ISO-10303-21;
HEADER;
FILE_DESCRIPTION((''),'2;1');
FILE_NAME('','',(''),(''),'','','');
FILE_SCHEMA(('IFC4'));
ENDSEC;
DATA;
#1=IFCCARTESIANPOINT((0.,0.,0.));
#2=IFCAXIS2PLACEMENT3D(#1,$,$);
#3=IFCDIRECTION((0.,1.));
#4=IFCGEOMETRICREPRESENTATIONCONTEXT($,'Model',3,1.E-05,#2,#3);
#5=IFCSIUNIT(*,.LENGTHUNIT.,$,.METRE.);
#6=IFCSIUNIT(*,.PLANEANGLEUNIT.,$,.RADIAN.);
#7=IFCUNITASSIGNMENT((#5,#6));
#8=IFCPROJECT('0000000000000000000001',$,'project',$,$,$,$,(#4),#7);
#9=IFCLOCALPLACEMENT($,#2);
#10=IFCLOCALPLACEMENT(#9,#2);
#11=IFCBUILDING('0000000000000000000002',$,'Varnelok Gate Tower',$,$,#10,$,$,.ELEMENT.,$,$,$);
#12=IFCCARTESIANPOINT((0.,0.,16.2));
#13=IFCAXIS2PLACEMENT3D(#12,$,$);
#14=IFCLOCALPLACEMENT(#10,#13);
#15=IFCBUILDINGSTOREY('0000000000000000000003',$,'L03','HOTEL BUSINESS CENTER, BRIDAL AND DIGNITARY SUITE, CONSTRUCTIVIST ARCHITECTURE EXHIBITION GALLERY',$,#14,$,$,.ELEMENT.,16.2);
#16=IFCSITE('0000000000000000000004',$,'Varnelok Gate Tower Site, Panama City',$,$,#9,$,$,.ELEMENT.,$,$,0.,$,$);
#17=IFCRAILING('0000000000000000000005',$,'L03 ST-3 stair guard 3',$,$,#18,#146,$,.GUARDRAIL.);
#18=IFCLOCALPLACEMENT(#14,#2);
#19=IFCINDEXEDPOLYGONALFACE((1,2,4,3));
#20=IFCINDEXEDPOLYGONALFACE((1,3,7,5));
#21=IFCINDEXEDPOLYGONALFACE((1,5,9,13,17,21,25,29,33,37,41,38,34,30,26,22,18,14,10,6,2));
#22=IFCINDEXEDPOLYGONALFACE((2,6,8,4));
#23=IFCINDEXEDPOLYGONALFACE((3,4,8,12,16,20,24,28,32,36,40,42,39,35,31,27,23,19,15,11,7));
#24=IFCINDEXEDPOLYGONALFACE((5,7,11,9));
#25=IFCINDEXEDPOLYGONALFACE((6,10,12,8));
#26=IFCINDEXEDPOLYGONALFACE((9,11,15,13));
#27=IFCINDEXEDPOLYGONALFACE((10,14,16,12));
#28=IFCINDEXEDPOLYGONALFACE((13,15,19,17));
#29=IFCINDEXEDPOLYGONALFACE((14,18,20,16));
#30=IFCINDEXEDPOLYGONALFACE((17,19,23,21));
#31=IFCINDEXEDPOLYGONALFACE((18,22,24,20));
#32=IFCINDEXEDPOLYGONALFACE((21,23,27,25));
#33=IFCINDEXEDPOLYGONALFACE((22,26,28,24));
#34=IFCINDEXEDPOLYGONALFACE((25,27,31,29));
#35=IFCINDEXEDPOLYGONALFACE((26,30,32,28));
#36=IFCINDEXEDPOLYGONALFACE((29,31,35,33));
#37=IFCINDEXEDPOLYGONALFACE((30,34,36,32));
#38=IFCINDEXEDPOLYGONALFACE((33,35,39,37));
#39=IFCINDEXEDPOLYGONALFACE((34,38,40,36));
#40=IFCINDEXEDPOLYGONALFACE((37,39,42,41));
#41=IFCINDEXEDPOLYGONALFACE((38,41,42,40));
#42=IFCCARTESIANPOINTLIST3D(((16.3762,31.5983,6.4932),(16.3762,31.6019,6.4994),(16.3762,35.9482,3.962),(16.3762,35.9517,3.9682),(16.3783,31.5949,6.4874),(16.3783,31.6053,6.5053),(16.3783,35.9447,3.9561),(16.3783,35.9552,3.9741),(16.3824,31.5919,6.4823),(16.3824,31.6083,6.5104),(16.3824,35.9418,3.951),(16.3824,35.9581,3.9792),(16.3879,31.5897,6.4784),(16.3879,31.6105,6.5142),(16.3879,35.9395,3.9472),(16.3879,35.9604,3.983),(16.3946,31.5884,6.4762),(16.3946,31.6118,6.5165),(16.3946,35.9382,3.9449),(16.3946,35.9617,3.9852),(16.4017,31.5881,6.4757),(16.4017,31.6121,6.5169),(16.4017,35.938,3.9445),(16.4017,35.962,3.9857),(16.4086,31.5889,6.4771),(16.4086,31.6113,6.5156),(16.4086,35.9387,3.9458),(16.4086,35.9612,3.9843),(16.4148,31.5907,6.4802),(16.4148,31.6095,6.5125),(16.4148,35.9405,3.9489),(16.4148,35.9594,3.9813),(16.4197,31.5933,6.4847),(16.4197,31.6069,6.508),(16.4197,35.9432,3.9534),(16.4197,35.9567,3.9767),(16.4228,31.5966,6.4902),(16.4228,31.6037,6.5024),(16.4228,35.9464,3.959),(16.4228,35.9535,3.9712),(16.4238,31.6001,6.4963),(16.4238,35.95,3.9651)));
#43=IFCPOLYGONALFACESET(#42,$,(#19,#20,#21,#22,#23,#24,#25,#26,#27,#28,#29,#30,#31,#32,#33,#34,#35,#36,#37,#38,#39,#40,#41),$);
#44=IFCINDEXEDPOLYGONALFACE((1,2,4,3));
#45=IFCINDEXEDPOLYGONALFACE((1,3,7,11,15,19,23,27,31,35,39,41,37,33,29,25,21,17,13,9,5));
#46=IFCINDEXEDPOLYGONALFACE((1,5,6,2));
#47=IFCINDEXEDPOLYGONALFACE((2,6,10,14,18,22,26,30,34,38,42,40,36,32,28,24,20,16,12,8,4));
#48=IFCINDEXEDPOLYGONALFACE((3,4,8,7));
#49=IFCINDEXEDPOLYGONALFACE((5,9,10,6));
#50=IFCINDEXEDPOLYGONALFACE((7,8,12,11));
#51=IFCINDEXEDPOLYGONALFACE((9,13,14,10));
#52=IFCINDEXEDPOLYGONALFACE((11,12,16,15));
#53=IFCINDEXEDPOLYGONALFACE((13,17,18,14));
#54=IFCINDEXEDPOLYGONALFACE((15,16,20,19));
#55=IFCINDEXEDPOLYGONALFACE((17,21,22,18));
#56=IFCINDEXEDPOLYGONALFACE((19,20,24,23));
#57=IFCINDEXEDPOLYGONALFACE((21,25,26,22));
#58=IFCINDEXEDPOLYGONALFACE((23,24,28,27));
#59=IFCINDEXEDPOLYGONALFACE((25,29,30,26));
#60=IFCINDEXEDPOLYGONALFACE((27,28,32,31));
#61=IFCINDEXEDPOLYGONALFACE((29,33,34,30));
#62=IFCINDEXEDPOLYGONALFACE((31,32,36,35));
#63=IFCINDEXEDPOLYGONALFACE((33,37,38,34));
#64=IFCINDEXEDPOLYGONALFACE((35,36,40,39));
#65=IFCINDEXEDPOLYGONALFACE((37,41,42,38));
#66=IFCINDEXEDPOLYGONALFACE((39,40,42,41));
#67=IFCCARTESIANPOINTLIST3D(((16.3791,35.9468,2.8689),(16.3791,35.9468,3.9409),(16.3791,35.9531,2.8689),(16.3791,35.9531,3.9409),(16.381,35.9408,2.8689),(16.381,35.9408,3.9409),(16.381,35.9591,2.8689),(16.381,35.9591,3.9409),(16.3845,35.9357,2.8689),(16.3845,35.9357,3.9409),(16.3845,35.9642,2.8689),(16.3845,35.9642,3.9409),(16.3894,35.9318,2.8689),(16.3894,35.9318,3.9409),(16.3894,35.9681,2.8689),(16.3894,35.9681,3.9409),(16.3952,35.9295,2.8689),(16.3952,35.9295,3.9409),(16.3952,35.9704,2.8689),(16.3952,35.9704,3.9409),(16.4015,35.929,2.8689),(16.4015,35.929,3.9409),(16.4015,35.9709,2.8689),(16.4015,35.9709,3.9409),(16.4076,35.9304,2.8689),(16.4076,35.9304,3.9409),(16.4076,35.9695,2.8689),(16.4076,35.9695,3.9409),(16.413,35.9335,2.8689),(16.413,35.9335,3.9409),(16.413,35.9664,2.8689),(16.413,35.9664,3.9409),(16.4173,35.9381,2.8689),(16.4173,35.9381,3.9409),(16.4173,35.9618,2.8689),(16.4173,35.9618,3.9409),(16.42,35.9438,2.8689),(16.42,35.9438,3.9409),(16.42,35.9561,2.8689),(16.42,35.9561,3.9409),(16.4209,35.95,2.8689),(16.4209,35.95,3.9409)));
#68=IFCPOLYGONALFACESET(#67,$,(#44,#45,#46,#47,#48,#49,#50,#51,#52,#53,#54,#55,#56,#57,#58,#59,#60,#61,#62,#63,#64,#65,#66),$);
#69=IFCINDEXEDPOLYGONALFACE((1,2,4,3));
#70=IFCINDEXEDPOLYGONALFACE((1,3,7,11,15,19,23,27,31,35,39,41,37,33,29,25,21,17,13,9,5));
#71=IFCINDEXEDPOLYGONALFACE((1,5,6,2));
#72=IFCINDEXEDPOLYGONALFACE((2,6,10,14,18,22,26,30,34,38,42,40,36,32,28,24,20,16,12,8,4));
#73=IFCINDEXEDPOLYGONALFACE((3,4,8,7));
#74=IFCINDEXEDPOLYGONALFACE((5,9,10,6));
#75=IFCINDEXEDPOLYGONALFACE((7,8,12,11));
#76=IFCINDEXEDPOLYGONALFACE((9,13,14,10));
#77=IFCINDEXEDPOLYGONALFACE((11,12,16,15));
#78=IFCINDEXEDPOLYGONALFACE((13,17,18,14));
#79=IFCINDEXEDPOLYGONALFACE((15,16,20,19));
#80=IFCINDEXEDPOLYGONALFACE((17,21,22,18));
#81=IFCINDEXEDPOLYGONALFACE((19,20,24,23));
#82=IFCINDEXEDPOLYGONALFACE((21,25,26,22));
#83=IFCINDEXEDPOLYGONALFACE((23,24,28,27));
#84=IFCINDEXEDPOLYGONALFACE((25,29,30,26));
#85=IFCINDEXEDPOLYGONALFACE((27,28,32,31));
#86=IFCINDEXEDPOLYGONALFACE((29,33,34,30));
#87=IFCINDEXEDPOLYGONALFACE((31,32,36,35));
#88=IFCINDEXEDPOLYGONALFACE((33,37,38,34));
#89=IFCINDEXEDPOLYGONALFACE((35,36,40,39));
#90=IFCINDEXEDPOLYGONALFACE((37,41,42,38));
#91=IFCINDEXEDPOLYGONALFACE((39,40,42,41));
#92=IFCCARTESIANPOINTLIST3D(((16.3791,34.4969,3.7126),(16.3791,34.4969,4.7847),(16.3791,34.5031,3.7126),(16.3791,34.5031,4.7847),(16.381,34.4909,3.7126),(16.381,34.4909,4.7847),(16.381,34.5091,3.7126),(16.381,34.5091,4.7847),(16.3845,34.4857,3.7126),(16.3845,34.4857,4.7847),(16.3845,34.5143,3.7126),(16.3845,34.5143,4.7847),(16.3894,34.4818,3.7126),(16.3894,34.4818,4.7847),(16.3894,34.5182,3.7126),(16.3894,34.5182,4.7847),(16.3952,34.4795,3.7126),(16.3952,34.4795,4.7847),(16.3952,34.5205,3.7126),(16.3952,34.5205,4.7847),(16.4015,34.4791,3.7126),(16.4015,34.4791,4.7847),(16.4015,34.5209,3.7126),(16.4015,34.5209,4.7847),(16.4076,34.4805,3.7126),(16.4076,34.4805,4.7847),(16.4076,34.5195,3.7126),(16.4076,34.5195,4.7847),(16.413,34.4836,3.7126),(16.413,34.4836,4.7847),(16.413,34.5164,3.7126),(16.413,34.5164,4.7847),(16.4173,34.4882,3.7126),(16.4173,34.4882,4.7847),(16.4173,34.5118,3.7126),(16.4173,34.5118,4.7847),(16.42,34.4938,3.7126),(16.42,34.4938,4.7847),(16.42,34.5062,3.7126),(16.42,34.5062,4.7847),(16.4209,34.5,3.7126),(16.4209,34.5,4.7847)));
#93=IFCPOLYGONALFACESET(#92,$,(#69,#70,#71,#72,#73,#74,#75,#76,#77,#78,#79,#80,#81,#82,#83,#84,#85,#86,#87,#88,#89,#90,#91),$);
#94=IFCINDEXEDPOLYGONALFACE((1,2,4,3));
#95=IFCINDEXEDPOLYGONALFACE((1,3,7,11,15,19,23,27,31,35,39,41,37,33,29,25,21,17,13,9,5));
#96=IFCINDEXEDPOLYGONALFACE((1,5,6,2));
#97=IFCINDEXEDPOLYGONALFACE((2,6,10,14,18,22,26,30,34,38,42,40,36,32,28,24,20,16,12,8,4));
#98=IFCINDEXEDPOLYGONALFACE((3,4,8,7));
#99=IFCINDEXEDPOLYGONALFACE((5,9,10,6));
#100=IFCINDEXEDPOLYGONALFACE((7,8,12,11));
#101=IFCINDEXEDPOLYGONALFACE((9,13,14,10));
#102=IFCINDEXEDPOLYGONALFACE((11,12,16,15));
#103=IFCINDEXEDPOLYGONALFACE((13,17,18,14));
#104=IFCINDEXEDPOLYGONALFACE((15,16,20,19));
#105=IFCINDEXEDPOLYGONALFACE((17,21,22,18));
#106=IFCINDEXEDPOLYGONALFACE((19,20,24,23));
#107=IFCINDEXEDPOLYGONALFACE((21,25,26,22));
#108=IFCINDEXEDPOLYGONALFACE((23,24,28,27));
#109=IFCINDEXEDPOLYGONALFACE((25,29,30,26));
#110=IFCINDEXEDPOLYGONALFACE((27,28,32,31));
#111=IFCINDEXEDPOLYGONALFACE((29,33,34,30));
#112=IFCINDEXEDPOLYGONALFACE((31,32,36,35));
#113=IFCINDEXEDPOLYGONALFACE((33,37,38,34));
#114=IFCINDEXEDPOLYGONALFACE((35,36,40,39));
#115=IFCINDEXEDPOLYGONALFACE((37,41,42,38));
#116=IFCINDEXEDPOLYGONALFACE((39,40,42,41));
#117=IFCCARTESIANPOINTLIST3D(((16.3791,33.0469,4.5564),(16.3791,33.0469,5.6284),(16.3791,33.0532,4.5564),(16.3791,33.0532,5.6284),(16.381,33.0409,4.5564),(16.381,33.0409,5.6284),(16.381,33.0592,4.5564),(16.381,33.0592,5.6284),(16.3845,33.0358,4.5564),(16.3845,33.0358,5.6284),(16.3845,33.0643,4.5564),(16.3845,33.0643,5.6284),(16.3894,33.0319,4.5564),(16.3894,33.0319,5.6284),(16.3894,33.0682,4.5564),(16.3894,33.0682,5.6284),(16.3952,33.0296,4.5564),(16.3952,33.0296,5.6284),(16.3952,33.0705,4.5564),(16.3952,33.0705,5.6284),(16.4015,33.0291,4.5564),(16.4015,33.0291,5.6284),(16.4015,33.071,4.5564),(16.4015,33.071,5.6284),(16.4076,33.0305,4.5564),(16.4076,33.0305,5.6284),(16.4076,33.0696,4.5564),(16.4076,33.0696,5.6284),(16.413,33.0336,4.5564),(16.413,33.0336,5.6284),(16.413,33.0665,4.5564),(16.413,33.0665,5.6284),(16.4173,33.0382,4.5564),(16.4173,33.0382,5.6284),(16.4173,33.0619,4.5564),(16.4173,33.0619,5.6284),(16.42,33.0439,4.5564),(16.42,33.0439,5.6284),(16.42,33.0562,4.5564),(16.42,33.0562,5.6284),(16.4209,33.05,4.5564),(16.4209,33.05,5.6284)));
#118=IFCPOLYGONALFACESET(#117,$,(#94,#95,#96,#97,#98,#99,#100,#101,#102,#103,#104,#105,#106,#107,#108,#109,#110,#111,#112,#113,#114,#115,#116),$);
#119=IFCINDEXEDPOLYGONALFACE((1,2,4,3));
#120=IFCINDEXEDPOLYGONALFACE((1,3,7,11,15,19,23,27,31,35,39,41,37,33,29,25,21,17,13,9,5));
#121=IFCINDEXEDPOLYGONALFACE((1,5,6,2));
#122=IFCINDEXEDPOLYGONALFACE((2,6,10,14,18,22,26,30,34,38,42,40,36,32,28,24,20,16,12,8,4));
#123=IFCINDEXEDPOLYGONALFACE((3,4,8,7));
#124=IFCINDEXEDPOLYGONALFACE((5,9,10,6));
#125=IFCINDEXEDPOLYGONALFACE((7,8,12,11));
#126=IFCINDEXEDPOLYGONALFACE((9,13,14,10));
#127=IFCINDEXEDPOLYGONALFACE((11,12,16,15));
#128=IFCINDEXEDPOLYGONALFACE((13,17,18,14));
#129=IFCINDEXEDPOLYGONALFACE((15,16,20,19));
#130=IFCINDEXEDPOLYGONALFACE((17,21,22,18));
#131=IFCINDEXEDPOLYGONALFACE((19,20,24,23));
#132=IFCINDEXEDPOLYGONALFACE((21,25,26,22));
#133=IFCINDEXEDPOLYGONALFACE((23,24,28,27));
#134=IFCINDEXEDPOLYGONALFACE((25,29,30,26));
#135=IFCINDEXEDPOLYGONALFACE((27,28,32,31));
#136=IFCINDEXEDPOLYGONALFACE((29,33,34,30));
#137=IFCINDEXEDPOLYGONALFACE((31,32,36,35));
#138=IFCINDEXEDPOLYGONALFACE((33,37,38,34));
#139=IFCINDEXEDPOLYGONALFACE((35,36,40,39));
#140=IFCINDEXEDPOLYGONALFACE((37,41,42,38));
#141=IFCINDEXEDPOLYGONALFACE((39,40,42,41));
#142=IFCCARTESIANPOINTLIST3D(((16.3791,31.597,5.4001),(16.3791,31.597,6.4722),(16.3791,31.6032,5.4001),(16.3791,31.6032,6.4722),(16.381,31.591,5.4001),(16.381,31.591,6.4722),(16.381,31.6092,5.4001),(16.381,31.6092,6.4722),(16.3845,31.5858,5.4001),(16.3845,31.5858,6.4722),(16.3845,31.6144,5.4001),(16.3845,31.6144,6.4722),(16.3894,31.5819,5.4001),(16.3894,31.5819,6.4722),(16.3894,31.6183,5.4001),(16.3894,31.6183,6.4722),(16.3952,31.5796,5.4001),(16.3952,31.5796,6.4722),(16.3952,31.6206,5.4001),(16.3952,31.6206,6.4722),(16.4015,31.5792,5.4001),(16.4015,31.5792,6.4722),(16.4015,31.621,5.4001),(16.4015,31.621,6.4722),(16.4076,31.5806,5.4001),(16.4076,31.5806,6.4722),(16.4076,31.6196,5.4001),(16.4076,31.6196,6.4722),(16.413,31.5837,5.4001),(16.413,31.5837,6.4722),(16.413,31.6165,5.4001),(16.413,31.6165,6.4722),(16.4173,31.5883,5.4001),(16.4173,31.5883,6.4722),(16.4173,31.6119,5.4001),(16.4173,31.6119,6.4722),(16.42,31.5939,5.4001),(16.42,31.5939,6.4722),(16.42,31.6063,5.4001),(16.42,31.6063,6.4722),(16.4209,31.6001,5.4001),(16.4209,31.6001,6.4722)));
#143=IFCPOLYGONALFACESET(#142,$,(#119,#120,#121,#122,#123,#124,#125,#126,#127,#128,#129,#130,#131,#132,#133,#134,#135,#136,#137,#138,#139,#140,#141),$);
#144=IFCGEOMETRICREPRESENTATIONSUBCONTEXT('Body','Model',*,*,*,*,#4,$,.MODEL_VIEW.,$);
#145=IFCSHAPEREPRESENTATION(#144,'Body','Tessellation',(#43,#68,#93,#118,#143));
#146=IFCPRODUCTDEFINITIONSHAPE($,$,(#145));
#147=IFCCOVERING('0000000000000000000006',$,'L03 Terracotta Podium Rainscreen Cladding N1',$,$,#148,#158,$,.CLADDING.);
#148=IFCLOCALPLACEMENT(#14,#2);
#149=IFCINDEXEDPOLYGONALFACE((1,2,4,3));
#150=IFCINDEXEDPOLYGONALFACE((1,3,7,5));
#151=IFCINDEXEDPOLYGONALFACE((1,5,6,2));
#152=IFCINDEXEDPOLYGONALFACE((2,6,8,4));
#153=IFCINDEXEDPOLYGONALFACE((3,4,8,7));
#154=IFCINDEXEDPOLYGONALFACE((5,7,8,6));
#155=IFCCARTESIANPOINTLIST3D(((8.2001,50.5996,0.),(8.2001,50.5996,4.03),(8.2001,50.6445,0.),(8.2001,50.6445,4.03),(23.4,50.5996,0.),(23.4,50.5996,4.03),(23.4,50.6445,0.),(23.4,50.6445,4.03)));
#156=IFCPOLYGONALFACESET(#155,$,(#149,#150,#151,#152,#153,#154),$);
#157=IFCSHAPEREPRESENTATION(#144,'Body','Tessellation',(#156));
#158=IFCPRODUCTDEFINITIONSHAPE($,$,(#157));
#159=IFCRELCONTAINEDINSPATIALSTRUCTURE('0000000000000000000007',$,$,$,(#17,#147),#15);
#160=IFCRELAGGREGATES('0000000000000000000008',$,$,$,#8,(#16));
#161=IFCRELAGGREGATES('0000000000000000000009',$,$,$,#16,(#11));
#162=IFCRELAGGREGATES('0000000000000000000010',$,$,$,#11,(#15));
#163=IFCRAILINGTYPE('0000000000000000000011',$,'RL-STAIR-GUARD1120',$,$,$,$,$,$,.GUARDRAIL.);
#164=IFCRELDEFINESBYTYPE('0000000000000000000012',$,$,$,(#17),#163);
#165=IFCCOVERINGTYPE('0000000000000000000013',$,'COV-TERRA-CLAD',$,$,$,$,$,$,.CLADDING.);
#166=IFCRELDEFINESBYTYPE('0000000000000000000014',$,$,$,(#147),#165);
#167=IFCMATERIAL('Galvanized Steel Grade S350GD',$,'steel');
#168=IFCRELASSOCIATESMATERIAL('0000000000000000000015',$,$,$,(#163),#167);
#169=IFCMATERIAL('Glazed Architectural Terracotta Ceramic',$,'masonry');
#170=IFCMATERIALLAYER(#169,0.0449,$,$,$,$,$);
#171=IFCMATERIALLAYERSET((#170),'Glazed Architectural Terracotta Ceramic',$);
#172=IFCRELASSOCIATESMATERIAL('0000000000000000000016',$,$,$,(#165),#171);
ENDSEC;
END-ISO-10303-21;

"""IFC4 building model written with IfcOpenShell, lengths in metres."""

from ifc_helpers import new_model, si_unit, direction, frame, origin, origin_2d, place, context, subcontext, project, spatial, rectangle, circle, extrude, source, transform, mapped, material, layer, layer_set, type_object, element, save


model = new_model("IFC4")

# Units and contexts
model_context = context("Model", 3, precision=1e-05, world=origin(), true_north=direction((0.0, 1.0)))
body_context = subcontext(model_context, "Body", "Model", "MODEL_VIEW")
ifc_project = project(units=[si_unit("LENGTHUNIT", "METRE"), si_unit("PLANEANGLEUNIT", "RADIAN")], contexts=[model_context])

# Site, building, storey
site_placement = place(None, origin())
site = spatial("IfcSite", under=ifc_project, at=site_placement, Name="Varnelok Gate Tower Site, Panama City", CompositionType="ELEMENT", RefElevation=0.0)
building_placement = place(site_placement, origin())
building = spatial("IfcBuilding", under=site, at=building_placement, Name="Varnelok Gate Tower", CompositionType="ELEMENT")
storey_placement = place(building_placement, frame((0.0, 0.0, 16.2)))
storey = spatial("IfcBuildingStorey", under=building, at=storey_placement, Name="L03", Description="HOTEL BUSINESS CENTER, BRIDAL AND DIGNITARY SUITE, CONSTRUCTIVIST ARCHITECTURE EXHIBITION GALLERY", CompositionType="ELEMENT", Elevation=16.2)

# Railing
ifc_material_1 = material(Name="Galvanized Steel Grade S350GD", Category="steel")
railing_type = type_object("IfcRailingType", Name="RL-STAIR-GUARD1120", PredefinedType="GUARDRAIL", material=ifc_material_1)
railing_1_placement = place(storey_placement, frame((16.3999, 35.95, 2.8689)))
element("IfcRailing", 1, at=railing_1_placement, inside=storey, type_object=railing_type, Name="L03 ST-3 stair guard 3", PredefinedType="GUARDRAIL", context=body_context, shape_type="SweptSolid", body=[
    extrude(circle(Radius=0.0239, at=origin_2d()), frame((0.0, 0.0, 1.0962), z_axis=(0.0, -0.864312, 0.502957), x_axis=(1.0, 0.0, 0.0)), (0.0, 0.0, 1.0), 5.0327),
    extrude(circle(Radius=0.021, at=origin_2d()), origin(), (0.0, 0.0, 1.0), 1.072),
    extrude(circle(Radius=0.021, at=origin_2d()), frame((0.0, -1.45, 0.8438)), (0.0, 0.0, 1.0), 1.072),
    extrude(circle(Radius=0.021, at=origin_2d()), frame((0.0, -2.8999, 1.6875)), (0.0, 0.0, 1.0), 1.072),
    extrude(circle(Radius=0.021, at=origin_2d()), frame((0.0, -4.3499, 2.5312)), (0.0, 0.0, 1.0), 1.072),
])

# Covering
ifc_material_2 = material(Name="Glazed Architectural Terracotta Ceramic", Category="masonry")
ifc_layer_1 = layer(ifc_material_2, 0.0449)
ifc_layer_set_1 = layer_set([ifc_layer_1], Name="Glazed Architectural Terracotta Ceramic")
covering_type = type_object("IfcCoveringType", Name="COV-TERRA-CLAD", PredefinedType="CLADDING", material=ifc_layer_set_1)
shared_shape = source(origin(), body_context, "Body", "SweptSolid", [
    extrude(rectangle(XDim=15.2, YDim=0.0449, at=origin_2d()), origin(), (0.0, 0.0, 1.0), 4.03),
])
covering_placement = place(storey_placement, frame((15.8, 50.6221, 0.0), z_axis=(0.0, 0.0, 1.0), x_axis=(1.0, 0.0, 0.0)))
element("IfcCovering", 2, at=covering_placement, inside=storey, type_object=covering_type, Name="L03 Terracotta Podium Rainscreen Cladding N1", PredefinedType="CLADDING", context=body_context, shape_type="MappedRepresentation", body=[
    mapped(shared_shape, transform((0.0, 0.0, 0.0), scale=1.0)),
])

save(model, "model.ifc")
